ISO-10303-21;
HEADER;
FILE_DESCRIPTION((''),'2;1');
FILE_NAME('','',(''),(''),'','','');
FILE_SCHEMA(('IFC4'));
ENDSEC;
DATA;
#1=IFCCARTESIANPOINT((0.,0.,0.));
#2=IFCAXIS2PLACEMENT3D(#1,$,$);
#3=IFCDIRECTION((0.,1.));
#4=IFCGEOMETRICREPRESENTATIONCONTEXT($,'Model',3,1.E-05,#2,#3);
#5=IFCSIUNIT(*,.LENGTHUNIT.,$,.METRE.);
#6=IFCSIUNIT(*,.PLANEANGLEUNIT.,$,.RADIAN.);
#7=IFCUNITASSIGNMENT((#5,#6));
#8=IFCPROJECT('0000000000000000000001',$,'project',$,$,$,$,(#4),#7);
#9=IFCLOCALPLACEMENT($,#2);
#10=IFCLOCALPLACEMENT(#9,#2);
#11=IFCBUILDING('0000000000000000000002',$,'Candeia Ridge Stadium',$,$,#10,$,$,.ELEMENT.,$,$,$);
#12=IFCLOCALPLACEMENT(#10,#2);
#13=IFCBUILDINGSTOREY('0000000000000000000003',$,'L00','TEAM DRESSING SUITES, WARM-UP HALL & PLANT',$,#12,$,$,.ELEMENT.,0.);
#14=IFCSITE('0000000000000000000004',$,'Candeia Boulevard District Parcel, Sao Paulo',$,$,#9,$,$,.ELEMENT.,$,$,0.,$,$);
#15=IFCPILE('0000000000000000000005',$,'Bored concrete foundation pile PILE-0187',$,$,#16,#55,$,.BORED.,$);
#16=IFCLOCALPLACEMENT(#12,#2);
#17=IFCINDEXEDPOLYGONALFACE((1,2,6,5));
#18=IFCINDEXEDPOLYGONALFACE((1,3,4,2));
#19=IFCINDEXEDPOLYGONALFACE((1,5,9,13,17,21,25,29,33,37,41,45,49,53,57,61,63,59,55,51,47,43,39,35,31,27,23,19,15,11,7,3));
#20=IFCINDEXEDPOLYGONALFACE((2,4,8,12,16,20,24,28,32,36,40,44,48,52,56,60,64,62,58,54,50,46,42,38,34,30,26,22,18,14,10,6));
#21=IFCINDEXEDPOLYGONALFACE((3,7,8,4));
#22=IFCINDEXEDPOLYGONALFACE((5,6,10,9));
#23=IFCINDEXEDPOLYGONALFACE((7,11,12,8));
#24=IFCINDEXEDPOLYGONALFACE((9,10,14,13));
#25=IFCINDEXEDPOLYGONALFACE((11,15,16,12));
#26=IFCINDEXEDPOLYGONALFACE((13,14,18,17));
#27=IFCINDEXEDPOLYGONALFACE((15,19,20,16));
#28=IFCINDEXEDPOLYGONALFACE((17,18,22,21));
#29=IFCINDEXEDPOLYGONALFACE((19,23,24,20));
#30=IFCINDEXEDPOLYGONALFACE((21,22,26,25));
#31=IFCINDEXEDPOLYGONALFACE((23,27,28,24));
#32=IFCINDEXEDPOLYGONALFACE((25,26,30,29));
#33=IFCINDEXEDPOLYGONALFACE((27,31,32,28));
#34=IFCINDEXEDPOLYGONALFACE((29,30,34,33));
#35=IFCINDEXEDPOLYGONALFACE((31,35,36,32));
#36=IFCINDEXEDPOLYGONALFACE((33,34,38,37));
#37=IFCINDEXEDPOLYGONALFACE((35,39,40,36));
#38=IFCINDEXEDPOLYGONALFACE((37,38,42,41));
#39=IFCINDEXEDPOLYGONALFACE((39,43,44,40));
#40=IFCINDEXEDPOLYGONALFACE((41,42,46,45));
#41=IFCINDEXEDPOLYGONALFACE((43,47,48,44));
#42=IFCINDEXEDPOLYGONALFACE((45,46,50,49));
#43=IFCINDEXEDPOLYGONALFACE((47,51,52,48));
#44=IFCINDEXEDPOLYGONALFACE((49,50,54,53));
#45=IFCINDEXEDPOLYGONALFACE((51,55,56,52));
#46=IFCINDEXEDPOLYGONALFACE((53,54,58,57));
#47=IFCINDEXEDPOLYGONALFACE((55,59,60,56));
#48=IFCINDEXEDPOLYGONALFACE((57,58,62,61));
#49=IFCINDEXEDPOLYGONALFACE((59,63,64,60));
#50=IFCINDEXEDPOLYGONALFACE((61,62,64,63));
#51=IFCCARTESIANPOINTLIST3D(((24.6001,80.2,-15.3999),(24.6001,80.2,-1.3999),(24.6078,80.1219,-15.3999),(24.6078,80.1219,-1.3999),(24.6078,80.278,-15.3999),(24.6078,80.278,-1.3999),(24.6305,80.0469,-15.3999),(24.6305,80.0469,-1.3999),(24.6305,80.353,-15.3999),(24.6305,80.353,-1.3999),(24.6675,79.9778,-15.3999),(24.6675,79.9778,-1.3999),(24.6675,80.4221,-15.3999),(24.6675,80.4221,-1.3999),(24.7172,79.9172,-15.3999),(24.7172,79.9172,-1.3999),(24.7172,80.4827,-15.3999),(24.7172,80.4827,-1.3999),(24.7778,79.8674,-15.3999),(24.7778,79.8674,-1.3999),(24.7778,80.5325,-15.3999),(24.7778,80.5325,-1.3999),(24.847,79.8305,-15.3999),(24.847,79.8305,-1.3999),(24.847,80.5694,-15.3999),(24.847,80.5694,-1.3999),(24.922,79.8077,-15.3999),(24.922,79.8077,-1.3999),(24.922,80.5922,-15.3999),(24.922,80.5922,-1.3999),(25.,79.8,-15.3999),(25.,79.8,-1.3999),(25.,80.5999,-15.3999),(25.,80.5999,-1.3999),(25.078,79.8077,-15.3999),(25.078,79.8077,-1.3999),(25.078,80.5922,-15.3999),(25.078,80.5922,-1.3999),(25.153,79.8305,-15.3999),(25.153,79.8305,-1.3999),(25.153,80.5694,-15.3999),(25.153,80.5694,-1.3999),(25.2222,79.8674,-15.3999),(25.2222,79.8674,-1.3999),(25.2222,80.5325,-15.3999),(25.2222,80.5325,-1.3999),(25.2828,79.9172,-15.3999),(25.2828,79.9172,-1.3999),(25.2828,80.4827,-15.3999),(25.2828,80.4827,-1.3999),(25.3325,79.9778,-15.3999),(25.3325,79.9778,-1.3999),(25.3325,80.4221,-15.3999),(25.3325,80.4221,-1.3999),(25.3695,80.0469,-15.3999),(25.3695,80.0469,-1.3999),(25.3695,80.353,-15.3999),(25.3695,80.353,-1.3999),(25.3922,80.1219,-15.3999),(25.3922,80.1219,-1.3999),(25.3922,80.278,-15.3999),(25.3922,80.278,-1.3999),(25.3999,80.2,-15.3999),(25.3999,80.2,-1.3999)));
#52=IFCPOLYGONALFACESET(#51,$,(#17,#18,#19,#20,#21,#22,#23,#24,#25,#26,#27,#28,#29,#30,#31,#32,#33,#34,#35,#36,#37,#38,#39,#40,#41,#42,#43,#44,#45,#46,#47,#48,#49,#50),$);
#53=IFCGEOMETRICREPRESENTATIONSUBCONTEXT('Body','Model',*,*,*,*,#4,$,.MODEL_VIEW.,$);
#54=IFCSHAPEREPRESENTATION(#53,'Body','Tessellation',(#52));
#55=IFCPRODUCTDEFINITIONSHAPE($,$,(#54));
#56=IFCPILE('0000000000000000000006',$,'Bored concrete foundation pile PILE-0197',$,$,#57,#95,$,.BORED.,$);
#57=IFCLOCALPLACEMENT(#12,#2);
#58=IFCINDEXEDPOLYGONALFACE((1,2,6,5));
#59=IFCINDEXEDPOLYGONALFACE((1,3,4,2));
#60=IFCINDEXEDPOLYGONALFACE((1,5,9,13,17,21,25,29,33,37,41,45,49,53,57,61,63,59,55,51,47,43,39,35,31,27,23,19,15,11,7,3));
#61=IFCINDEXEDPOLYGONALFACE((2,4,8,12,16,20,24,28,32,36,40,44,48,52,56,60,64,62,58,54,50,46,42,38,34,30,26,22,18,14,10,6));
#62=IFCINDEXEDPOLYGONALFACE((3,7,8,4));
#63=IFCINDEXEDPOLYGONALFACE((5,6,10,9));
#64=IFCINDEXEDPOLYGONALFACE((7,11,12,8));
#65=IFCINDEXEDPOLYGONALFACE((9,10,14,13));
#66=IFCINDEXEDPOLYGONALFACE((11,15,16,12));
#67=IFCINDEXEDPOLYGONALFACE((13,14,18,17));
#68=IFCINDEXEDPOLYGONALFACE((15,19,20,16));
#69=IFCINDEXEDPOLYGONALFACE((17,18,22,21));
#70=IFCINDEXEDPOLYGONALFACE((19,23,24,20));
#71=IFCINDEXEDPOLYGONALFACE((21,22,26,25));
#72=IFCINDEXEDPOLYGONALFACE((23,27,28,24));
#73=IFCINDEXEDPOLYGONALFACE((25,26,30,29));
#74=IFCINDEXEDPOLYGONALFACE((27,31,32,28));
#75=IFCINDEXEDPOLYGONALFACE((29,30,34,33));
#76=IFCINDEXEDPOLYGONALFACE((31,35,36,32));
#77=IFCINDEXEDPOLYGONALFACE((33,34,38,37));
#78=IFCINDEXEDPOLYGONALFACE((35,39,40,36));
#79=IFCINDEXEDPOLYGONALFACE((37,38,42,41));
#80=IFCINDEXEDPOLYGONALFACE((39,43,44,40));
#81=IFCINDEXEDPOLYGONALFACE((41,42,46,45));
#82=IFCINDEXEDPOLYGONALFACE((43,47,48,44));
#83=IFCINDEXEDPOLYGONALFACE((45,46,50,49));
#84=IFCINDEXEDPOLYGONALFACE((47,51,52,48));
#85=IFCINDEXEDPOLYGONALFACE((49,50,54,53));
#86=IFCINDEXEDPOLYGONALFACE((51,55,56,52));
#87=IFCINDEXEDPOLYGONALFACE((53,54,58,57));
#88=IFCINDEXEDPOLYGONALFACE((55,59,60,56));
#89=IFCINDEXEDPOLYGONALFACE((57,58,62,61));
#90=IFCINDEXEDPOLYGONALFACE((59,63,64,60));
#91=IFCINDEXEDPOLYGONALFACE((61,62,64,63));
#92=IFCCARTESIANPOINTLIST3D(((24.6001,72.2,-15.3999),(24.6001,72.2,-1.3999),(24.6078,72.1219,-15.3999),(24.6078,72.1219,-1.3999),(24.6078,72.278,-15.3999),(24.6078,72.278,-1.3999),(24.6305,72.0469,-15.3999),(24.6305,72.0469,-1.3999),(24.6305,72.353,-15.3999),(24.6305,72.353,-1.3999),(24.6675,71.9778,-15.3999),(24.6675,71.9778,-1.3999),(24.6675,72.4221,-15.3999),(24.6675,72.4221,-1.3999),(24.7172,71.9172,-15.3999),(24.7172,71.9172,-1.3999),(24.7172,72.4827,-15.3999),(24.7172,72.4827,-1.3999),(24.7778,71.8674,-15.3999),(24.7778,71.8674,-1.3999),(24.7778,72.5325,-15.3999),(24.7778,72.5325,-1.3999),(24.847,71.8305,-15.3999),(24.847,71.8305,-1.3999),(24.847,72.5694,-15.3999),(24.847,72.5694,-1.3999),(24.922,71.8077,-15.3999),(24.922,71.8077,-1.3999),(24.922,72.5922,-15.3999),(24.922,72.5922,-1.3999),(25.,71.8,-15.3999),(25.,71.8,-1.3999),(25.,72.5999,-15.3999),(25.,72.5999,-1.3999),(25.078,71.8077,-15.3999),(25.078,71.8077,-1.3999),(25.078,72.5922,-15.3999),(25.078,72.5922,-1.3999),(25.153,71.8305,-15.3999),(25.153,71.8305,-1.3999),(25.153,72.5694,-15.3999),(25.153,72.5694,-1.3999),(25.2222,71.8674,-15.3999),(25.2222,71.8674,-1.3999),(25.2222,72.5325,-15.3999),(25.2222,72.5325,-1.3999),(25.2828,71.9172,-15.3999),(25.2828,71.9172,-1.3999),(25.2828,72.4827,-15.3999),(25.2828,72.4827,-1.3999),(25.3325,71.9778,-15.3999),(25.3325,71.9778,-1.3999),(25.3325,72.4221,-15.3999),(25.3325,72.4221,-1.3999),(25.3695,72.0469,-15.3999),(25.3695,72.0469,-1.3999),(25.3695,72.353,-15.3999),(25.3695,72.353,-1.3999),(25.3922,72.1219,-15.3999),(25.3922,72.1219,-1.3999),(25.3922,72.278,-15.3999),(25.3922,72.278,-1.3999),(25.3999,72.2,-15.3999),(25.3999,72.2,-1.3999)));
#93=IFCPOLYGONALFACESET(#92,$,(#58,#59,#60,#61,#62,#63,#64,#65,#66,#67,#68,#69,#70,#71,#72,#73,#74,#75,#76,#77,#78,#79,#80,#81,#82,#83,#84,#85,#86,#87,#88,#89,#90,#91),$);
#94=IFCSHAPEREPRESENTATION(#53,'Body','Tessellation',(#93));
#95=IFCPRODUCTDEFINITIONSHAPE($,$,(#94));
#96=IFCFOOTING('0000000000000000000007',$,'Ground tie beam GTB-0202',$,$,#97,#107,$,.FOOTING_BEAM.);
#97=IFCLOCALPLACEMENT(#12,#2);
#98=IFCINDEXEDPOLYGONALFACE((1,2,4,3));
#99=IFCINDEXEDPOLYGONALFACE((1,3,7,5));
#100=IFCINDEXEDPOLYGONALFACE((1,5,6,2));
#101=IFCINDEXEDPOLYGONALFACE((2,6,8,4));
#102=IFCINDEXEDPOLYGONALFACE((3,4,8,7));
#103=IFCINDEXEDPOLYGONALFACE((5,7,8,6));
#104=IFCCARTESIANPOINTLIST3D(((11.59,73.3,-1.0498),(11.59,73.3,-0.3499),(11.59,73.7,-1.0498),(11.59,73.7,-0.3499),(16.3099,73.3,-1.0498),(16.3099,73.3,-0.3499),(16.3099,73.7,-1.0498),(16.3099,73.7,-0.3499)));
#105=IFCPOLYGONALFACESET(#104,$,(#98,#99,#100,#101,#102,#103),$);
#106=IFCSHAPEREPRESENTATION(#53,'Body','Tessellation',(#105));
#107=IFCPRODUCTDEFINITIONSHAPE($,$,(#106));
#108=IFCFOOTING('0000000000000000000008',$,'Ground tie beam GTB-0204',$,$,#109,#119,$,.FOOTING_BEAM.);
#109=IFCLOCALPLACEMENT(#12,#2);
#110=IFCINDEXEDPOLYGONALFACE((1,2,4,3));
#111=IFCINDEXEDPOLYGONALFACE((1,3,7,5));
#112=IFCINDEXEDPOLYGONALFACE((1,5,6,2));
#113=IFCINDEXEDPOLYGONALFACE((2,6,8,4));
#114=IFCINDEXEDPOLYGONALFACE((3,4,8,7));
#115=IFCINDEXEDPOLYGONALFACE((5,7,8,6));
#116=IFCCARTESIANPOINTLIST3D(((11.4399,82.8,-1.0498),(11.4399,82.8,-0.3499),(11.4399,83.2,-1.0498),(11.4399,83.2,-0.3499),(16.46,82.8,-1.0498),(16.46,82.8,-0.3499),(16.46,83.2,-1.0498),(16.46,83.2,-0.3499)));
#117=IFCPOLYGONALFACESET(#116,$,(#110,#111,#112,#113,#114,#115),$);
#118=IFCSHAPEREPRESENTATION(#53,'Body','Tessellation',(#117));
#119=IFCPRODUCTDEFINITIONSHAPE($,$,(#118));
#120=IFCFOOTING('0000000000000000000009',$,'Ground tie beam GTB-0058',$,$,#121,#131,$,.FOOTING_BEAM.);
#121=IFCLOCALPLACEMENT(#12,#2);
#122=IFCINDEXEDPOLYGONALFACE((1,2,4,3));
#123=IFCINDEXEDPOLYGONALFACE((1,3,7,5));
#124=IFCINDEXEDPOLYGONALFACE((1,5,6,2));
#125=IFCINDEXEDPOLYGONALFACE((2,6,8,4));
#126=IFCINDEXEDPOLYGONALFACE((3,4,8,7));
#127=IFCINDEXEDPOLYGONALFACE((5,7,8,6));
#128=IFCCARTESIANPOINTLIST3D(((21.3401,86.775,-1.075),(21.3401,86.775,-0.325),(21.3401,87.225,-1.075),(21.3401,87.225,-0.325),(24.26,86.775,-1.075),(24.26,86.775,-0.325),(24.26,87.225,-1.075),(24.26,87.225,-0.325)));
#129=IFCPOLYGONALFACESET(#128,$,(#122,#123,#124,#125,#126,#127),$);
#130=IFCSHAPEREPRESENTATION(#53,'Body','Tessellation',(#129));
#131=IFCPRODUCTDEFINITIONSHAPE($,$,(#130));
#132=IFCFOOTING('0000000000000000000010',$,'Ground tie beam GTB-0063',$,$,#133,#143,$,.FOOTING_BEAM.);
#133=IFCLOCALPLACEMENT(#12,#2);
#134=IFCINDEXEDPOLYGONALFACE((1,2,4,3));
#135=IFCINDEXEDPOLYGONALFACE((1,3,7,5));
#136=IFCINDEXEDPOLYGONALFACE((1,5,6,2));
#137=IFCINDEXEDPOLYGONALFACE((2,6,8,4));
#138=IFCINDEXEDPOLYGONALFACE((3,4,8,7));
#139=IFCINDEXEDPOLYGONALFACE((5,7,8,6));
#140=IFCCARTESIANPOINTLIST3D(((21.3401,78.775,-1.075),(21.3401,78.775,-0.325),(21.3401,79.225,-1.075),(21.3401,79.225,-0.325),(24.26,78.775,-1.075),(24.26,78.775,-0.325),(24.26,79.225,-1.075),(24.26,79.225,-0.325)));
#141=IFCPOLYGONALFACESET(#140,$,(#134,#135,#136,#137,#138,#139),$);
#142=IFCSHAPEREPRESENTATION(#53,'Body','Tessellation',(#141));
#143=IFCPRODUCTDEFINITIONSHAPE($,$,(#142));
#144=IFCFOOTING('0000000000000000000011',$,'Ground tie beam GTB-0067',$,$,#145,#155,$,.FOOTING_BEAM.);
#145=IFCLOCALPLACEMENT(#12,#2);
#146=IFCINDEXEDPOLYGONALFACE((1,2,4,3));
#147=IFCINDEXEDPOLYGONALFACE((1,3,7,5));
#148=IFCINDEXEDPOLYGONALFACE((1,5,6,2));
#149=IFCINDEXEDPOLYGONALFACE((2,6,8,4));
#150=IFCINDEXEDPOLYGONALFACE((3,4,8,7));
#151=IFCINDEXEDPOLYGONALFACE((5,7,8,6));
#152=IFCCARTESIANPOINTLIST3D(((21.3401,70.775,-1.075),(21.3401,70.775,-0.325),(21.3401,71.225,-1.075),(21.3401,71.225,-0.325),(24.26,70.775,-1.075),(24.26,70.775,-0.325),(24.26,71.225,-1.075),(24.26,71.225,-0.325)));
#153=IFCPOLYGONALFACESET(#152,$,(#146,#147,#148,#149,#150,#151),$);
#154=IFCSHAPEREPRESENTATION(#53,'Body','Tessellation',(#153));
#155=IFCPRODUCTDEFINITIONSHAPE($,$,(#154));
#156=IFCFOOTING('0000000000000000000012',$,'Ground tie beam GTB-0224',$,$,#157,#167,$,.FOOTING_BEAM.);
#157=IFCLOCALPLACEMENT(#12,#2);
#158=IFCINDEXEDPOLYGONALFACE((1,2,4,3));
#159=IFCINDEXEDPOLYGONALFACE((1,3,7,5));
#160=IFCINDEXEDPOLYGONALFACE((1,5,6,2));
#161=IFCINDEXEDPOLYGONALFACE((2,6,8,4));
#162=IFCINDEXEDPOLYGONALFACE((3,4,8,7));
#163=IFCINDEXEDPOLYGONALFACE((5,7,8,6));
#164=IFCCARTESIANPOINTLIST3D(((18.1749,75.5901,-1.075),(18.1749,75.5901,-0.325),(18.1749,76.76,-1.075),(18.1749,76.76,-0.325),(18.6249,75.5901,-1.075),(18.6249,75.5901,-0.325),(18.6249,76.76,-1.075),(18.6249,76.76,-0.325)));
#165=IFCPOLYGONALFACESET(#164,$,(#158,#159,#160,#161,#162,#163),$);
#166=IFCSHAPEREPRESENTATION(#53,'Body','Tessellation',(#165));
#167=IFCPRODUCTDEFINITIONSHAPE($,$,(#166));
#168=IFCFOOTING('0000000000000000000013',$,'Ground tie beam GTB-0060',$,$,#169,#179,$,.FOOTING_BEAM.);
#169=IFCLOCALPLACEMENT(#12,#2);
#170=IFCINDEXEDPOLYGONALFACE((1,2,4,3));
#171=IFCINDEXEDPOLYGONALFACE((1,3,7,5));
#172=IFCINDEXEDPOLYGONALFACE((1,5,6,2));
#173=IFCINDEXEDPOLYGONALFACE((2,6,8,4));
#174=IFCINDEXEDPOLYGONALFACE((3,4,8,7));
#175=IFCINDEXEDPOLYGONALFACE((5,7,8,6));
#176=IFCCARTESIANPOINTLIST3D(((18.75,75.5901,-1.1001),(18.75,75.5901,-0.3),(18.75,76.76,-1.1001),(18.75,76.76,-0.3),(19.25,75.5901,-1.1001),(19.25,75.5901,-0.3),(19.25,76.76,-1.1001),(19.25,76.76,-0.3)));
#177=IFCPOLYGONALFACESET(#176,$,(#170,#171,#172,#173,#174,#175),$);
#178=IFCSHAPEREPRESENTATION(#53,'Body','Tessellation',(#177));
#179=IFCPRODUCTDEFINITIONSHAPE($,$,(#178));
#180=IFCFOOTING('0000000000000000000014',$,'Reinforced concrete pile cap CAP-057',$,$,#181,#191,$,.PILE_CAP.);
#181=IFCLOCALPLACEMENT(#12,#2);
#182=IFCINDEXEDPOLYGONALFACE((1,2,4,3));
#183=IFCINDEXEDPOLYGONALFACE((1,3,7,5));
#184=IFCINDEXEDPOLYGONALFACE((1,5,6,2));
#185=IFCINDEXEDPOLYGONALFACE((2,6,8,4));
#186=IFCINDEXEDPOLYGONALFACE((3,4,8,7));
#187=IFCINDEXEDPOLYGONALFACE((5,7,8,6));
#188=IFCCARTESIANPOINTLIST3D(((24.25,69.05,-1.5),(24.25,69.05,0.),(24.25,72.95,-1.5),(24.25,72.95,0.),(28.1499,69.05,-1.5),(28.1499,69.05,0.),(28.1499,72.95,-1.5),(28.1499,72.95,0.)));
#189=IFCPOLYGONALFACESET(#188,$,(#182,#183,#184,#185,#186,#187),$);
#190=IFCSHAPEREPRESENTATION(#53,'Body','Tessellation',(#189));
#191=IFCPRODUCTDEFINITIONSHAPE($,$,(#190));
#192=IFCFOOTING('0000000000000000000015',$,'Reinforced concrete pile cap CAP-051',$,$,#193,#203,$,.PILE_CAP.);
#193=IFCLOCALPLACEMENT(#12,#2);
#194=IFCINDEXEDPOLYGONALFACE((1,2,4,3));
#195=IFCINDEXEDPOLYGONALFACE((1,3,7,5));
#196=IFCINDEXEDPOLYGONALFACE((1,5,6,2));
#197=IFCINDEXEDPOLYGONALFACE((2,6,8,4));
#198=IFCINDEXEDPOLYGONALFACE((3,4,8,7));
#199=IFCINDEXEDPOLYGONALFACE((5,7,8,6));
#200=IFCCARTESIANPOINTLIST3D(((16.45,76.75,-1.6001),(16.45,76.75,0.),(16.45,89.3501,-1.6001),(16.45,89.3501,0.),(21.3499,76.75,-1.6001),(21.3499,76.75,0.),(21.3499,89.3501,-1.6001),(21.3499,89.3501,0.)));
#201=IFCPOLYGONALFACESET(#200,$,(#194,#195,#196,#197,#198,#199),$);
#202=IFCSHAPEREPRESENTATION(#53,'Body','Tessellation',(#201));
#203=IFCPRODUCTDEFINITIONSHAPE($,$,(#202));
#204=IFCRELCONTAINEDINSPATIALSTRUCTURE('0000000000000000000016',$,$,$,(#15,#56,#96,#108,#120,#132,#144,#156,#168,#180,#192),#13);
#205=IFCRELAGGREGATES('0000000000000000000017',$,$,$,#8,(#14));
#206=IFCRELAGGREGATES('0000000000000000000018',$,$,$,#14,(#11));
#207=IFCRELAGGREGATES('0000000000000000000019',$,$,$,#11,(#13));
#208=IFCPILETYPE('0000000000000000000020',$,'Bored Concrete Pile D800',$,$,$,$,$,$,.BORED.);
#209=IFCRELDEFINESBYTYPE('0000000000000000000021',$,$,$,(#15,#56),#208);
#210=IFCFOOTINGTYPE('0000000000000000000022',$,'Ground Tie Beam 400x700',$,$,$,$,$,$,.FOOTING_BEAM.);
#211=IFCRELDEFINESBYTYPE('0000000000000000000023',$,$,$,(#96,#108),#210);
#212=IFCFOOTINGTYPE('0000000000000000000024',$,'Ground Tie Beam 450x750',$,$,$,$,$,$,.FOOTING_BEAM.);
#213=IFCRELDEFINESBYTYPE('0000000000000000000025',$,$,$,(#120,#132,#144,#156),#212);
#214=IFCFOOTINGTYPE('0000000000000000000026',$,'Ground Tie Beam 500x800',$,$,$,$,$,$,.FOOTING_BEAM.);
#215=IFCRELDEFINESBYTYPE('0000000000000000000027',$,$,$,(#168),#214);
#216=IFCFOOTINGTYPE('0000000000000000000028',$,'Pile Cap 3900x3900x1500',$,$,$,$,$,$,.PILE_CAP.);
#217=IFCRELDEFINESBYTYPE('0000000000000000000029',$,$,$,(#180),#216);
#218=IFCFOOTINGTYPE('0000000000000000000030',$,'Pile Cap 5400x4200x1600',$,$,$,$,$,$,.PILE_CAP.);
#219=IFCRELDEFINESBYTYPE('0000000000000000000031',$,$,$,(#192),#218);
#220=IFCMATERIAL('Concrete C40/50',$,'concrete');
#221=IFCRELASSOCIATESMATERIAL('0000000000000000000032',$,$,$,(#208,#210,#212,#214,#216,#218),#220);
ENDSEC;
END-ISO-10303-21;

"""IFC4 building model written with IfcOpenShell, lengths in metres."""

from ifc_helpers import new_model, si_unit, direction, frame, origin, origin_2d, place, context, subcontext, project, spatial, rectangle, circle, extrude, material, material_profile, profile_set, type_object, element, save


model = new_model("IFC4")

# Units and contexts
model_context = context("Model", 3, precision=1e-05, world=origin(), true_north=direction((0.0, 1.0)))
body_context = subcontext(model_context, "Body", "Model", "MODEL_VIEW")
ifc_project = project(units=[si_unit("LENGTHUNIT", "METRE"), si_unit("PLANEANGLEUNIT", "RADIAN")], contexts=[model_context])

# Site, building, storey
site_placement = place(None, origin())
site = spatial("IfcSite", under=ifc_project, at=site_placement, Name="Candeia Boulevard District Parcel, Sao Paulo", CompositionType="ELEMENT", RefElevation=0.0)
building_placement = place(site_placement, origin())
building = spatial("IfcBuilding", under=site, at=building_placement, Name="Candeia Ridge Stadium", CompositionType="ELEMENT")
storey_placement = place(building_placement, origin())
storey = spatial("IfcBuildingStorey", under=building, at=storey_placement, Name="L00", Description="TEAM DRESSING SUITES, WARM-UP HALL & PLANT", CompositionType="ELEMENT", Elevation=0.0)

# Piles
ifc_material_1 = material(Name="Concrete C40/50", Category="concrete")
ifc_material_profile_1 = material_profile(ifc_material_1, circle(Radius=0.3999, at=origin_2d()), Name="PILE-D800", Category="concrete")
ifc_profile_set_1 = profile_set([ifc_material_profile_1], Name="Concrete C40/50")
pile_type_1 = type_object("IfcPileType", Name="Bored Concrete Pile D800", PredefinedType="BORED", material=ifc_profile_set_1)
for number, where, z_axis, x_axis, name in (
    (1, (25.0, 80.2, -1.3999), (0.0, 0.0, -1.0), (1.0, 0.0, 0.0), "Bored concrete foundation pile PILE-0187"),
    (2, (25.0, 72.2, -1.3999), (0.0, 0.0, -1.0), (1.0, 0.0, 0.0), "Bored concrete foundation pile PILE-0197"),
):
    element("IfcPile", number, at=place(storey_placement, frame(where, z_axis=z_axis, x_axis=x_axis)), inside=storey, type_object=pile_type_1, Name=name, PredefinedType="BORED", context=body_context, shape_type="SweptSolid", body=[
        extrude(circle(Radius=0.3999, at=origin_2d()), origin(), (0.0, 0.0, 1.0), 14.0),
    ])

# Footings
footing_type_1 = type_object("IfcFootingType", Name="Ground Tie Beam 400x700", PredefinedType="FOOTING_BEAM", material=ifc_material_1)
footing_1_placement = place(storey_placement, frame((13.95, 73.5, -1.0498), z_axis=(0.0, 0.0, 1.0), x_axis=(1.0, 0.0, 0.0)))
element("IfcFooting", 3, at=footing_1_placement, inside=storey, type_object=footing_type_1, Name="Ground tie beam GTB-0202", PredefinedType="FOOTING_BEAM", context=body_context, shape_type="SweptSolid", body=[
    extrude(rectangle(XDim=4.72, YDim=0.3999, at=origin_2d()), origin(), (0.0, 0.0, 1.0), 0.7),
])
footing_2_placement = place(storey_placement, frame((13.95, 83.0, -1.0498), z_axis=(0.0, 0.0, 1.0), x_axis=(1.0, 0.0, 0.0)))
element("IfcFooting", 4, at=footing_2_placement, inside=storey, type_object=footing_type_1, Name="Ground tie beam GTB-0204", PredefinedType="FOOTING_BEAM", context=body_context, shape_type="SweptSolid", body=[
    extrude(rectangle(XDim=5.02, YDim=0.3999, at=origin_2d()), origin(), (0.0, 0.0, 1.0), 0.7),
])
footing_type_2 = type_object("IfcFootingType", Name="Ground Tie Beam 450x750", PredefinedType="FOOTING_BEAM", material=ifc_material_1)
for number, where, z_axis, x_axis, name in (
    (5, (22.8, 87.0, -1.075), (0.0, 0.0, 1.0), (-1.0, 0.0, 0.0), "Ground tie beam GTB-0058"),
    (6, (22.8, 79.0, -1.075), (0.0, 0.0, 1.0), (-1.0, 0.0, 0.0), "Ground tie beam GTB-0063"),
    (7, (22.8, 71.0, -1.075), (0.0, 0.0, 1.0), (-1.0, 0.0, 0.0), "Ground tie beam GTB-0067"),
):
    element("IfcFooting", number, at=place(storey_placement, frame(where, z_axis=z_axis, x_axis=x_axis)), inside=storey, type_object=footing_type_2, Name=name, PredefinedType="FOOTING_BEAM", context=body_context, shape_type="SweptSolid", body=[
        extrude(rectangle(XDim=2.9199, YDim=0.45, at=origin_2d()), origin(), (0.0, 0.0, 1.0), 0.75),
    ])
footing_3_placement = place(storey_placement, frame((18.3999, 76.175, -1.075), z_axis=(0.0, 0.0, 1.0), x_axis=(0.0, 1.0, 0.0)))
element("IfcFooting", 8, at=footing_3_placement, inside=storey, type_object=footing_type_2, Name="Ground tie beam GTB-0224", PredefinedType="FOOTING_BEAM", context=body_context, shape_type="SweptSolid", body=[
    extrude(rectangle(XDim=1.1699, YDim=0.45, at=origin_2d()), origin(), (0.0, 0.0, 1.0), 0.75),
])
footing_type_3 = type_object("IfcFootingType", Name="Ground Tie Beam 500x800", PredefinedType="FOOTING_BEAM", material=ifc_material_1)
footing_4_placement = place(storey_placement, frame((19.0, 76.175, -1.1001), z_axis=(0.0, 0.0, 1.0), x_axis=(0.0, -1.0, 0.0)))
element("IfcFooting", 9, at=footing_4_placement, inside=storey, type_object=footing_type_3, Name="Ground tie beam GTB-0060", PredefinedType="FOOTING_BEAM", context=body_context, shape_type="SweptSolid", body=[
    extrude(rectangle(XDim=1.1699, YDim=0.5, at=origin_2d()), origin(), (0.0, 0.0, 1.0), 0.8),
])
footing_type_4 = type_object("IfcFootingType", Name="Pile Cap 3900x3900x1500", PredefinedType="PILE_CAP", material=ifc_material_1)
footing_5_placement = place(storey_placement, frame((26.2, 71.0, -1.5), z_axis=(0.0, 0.0, 1.0), x_axis=(1.0, 0.0, 0.0)))
element("IfcFooting", 10, at=footing_5_placement, inside=storey, type_object=footing_type_4, Name="Reinforced concrete pile cap CAP-057", PredefinedType="PILE_CAP", context=body_context, shape_type="SweptSolid", body=[
    extrude(rectangle(XDim=3.8999, YDim=3.8999, at=origin_2d()), origin(), (0.0, 0.0, 1.0), 1.5),
])
footing_type_5 = type_object("IfcFootingType", Name="Pile Cap 5400x4200x1600", PredefinedType="PILE_CAP", material=ifc_material_1)
footing_6_placement = place(storey_placement, frame((18.8999, 83.05, -1.6001), z_axis=(0.0, 0.0, 1.0), x_axis=(1.0, 0.0, 0.0)))
element("IfcFooting", 11, at=footing_6_placement, inside=storey, type_object=footing_type_5, Name="Reinforced concrete pile cap CAP-051", PredefinedType="PILE_CAP", context=body_context, shape_type="SweptSolid", body=[
    extrude(rectangle(XDim=4.8999, YDim=12.6001, at=origin_2d()), origin(), (0.0, 0.0, 1.0), 1.6001),
])

save(model, "model.ifc")
